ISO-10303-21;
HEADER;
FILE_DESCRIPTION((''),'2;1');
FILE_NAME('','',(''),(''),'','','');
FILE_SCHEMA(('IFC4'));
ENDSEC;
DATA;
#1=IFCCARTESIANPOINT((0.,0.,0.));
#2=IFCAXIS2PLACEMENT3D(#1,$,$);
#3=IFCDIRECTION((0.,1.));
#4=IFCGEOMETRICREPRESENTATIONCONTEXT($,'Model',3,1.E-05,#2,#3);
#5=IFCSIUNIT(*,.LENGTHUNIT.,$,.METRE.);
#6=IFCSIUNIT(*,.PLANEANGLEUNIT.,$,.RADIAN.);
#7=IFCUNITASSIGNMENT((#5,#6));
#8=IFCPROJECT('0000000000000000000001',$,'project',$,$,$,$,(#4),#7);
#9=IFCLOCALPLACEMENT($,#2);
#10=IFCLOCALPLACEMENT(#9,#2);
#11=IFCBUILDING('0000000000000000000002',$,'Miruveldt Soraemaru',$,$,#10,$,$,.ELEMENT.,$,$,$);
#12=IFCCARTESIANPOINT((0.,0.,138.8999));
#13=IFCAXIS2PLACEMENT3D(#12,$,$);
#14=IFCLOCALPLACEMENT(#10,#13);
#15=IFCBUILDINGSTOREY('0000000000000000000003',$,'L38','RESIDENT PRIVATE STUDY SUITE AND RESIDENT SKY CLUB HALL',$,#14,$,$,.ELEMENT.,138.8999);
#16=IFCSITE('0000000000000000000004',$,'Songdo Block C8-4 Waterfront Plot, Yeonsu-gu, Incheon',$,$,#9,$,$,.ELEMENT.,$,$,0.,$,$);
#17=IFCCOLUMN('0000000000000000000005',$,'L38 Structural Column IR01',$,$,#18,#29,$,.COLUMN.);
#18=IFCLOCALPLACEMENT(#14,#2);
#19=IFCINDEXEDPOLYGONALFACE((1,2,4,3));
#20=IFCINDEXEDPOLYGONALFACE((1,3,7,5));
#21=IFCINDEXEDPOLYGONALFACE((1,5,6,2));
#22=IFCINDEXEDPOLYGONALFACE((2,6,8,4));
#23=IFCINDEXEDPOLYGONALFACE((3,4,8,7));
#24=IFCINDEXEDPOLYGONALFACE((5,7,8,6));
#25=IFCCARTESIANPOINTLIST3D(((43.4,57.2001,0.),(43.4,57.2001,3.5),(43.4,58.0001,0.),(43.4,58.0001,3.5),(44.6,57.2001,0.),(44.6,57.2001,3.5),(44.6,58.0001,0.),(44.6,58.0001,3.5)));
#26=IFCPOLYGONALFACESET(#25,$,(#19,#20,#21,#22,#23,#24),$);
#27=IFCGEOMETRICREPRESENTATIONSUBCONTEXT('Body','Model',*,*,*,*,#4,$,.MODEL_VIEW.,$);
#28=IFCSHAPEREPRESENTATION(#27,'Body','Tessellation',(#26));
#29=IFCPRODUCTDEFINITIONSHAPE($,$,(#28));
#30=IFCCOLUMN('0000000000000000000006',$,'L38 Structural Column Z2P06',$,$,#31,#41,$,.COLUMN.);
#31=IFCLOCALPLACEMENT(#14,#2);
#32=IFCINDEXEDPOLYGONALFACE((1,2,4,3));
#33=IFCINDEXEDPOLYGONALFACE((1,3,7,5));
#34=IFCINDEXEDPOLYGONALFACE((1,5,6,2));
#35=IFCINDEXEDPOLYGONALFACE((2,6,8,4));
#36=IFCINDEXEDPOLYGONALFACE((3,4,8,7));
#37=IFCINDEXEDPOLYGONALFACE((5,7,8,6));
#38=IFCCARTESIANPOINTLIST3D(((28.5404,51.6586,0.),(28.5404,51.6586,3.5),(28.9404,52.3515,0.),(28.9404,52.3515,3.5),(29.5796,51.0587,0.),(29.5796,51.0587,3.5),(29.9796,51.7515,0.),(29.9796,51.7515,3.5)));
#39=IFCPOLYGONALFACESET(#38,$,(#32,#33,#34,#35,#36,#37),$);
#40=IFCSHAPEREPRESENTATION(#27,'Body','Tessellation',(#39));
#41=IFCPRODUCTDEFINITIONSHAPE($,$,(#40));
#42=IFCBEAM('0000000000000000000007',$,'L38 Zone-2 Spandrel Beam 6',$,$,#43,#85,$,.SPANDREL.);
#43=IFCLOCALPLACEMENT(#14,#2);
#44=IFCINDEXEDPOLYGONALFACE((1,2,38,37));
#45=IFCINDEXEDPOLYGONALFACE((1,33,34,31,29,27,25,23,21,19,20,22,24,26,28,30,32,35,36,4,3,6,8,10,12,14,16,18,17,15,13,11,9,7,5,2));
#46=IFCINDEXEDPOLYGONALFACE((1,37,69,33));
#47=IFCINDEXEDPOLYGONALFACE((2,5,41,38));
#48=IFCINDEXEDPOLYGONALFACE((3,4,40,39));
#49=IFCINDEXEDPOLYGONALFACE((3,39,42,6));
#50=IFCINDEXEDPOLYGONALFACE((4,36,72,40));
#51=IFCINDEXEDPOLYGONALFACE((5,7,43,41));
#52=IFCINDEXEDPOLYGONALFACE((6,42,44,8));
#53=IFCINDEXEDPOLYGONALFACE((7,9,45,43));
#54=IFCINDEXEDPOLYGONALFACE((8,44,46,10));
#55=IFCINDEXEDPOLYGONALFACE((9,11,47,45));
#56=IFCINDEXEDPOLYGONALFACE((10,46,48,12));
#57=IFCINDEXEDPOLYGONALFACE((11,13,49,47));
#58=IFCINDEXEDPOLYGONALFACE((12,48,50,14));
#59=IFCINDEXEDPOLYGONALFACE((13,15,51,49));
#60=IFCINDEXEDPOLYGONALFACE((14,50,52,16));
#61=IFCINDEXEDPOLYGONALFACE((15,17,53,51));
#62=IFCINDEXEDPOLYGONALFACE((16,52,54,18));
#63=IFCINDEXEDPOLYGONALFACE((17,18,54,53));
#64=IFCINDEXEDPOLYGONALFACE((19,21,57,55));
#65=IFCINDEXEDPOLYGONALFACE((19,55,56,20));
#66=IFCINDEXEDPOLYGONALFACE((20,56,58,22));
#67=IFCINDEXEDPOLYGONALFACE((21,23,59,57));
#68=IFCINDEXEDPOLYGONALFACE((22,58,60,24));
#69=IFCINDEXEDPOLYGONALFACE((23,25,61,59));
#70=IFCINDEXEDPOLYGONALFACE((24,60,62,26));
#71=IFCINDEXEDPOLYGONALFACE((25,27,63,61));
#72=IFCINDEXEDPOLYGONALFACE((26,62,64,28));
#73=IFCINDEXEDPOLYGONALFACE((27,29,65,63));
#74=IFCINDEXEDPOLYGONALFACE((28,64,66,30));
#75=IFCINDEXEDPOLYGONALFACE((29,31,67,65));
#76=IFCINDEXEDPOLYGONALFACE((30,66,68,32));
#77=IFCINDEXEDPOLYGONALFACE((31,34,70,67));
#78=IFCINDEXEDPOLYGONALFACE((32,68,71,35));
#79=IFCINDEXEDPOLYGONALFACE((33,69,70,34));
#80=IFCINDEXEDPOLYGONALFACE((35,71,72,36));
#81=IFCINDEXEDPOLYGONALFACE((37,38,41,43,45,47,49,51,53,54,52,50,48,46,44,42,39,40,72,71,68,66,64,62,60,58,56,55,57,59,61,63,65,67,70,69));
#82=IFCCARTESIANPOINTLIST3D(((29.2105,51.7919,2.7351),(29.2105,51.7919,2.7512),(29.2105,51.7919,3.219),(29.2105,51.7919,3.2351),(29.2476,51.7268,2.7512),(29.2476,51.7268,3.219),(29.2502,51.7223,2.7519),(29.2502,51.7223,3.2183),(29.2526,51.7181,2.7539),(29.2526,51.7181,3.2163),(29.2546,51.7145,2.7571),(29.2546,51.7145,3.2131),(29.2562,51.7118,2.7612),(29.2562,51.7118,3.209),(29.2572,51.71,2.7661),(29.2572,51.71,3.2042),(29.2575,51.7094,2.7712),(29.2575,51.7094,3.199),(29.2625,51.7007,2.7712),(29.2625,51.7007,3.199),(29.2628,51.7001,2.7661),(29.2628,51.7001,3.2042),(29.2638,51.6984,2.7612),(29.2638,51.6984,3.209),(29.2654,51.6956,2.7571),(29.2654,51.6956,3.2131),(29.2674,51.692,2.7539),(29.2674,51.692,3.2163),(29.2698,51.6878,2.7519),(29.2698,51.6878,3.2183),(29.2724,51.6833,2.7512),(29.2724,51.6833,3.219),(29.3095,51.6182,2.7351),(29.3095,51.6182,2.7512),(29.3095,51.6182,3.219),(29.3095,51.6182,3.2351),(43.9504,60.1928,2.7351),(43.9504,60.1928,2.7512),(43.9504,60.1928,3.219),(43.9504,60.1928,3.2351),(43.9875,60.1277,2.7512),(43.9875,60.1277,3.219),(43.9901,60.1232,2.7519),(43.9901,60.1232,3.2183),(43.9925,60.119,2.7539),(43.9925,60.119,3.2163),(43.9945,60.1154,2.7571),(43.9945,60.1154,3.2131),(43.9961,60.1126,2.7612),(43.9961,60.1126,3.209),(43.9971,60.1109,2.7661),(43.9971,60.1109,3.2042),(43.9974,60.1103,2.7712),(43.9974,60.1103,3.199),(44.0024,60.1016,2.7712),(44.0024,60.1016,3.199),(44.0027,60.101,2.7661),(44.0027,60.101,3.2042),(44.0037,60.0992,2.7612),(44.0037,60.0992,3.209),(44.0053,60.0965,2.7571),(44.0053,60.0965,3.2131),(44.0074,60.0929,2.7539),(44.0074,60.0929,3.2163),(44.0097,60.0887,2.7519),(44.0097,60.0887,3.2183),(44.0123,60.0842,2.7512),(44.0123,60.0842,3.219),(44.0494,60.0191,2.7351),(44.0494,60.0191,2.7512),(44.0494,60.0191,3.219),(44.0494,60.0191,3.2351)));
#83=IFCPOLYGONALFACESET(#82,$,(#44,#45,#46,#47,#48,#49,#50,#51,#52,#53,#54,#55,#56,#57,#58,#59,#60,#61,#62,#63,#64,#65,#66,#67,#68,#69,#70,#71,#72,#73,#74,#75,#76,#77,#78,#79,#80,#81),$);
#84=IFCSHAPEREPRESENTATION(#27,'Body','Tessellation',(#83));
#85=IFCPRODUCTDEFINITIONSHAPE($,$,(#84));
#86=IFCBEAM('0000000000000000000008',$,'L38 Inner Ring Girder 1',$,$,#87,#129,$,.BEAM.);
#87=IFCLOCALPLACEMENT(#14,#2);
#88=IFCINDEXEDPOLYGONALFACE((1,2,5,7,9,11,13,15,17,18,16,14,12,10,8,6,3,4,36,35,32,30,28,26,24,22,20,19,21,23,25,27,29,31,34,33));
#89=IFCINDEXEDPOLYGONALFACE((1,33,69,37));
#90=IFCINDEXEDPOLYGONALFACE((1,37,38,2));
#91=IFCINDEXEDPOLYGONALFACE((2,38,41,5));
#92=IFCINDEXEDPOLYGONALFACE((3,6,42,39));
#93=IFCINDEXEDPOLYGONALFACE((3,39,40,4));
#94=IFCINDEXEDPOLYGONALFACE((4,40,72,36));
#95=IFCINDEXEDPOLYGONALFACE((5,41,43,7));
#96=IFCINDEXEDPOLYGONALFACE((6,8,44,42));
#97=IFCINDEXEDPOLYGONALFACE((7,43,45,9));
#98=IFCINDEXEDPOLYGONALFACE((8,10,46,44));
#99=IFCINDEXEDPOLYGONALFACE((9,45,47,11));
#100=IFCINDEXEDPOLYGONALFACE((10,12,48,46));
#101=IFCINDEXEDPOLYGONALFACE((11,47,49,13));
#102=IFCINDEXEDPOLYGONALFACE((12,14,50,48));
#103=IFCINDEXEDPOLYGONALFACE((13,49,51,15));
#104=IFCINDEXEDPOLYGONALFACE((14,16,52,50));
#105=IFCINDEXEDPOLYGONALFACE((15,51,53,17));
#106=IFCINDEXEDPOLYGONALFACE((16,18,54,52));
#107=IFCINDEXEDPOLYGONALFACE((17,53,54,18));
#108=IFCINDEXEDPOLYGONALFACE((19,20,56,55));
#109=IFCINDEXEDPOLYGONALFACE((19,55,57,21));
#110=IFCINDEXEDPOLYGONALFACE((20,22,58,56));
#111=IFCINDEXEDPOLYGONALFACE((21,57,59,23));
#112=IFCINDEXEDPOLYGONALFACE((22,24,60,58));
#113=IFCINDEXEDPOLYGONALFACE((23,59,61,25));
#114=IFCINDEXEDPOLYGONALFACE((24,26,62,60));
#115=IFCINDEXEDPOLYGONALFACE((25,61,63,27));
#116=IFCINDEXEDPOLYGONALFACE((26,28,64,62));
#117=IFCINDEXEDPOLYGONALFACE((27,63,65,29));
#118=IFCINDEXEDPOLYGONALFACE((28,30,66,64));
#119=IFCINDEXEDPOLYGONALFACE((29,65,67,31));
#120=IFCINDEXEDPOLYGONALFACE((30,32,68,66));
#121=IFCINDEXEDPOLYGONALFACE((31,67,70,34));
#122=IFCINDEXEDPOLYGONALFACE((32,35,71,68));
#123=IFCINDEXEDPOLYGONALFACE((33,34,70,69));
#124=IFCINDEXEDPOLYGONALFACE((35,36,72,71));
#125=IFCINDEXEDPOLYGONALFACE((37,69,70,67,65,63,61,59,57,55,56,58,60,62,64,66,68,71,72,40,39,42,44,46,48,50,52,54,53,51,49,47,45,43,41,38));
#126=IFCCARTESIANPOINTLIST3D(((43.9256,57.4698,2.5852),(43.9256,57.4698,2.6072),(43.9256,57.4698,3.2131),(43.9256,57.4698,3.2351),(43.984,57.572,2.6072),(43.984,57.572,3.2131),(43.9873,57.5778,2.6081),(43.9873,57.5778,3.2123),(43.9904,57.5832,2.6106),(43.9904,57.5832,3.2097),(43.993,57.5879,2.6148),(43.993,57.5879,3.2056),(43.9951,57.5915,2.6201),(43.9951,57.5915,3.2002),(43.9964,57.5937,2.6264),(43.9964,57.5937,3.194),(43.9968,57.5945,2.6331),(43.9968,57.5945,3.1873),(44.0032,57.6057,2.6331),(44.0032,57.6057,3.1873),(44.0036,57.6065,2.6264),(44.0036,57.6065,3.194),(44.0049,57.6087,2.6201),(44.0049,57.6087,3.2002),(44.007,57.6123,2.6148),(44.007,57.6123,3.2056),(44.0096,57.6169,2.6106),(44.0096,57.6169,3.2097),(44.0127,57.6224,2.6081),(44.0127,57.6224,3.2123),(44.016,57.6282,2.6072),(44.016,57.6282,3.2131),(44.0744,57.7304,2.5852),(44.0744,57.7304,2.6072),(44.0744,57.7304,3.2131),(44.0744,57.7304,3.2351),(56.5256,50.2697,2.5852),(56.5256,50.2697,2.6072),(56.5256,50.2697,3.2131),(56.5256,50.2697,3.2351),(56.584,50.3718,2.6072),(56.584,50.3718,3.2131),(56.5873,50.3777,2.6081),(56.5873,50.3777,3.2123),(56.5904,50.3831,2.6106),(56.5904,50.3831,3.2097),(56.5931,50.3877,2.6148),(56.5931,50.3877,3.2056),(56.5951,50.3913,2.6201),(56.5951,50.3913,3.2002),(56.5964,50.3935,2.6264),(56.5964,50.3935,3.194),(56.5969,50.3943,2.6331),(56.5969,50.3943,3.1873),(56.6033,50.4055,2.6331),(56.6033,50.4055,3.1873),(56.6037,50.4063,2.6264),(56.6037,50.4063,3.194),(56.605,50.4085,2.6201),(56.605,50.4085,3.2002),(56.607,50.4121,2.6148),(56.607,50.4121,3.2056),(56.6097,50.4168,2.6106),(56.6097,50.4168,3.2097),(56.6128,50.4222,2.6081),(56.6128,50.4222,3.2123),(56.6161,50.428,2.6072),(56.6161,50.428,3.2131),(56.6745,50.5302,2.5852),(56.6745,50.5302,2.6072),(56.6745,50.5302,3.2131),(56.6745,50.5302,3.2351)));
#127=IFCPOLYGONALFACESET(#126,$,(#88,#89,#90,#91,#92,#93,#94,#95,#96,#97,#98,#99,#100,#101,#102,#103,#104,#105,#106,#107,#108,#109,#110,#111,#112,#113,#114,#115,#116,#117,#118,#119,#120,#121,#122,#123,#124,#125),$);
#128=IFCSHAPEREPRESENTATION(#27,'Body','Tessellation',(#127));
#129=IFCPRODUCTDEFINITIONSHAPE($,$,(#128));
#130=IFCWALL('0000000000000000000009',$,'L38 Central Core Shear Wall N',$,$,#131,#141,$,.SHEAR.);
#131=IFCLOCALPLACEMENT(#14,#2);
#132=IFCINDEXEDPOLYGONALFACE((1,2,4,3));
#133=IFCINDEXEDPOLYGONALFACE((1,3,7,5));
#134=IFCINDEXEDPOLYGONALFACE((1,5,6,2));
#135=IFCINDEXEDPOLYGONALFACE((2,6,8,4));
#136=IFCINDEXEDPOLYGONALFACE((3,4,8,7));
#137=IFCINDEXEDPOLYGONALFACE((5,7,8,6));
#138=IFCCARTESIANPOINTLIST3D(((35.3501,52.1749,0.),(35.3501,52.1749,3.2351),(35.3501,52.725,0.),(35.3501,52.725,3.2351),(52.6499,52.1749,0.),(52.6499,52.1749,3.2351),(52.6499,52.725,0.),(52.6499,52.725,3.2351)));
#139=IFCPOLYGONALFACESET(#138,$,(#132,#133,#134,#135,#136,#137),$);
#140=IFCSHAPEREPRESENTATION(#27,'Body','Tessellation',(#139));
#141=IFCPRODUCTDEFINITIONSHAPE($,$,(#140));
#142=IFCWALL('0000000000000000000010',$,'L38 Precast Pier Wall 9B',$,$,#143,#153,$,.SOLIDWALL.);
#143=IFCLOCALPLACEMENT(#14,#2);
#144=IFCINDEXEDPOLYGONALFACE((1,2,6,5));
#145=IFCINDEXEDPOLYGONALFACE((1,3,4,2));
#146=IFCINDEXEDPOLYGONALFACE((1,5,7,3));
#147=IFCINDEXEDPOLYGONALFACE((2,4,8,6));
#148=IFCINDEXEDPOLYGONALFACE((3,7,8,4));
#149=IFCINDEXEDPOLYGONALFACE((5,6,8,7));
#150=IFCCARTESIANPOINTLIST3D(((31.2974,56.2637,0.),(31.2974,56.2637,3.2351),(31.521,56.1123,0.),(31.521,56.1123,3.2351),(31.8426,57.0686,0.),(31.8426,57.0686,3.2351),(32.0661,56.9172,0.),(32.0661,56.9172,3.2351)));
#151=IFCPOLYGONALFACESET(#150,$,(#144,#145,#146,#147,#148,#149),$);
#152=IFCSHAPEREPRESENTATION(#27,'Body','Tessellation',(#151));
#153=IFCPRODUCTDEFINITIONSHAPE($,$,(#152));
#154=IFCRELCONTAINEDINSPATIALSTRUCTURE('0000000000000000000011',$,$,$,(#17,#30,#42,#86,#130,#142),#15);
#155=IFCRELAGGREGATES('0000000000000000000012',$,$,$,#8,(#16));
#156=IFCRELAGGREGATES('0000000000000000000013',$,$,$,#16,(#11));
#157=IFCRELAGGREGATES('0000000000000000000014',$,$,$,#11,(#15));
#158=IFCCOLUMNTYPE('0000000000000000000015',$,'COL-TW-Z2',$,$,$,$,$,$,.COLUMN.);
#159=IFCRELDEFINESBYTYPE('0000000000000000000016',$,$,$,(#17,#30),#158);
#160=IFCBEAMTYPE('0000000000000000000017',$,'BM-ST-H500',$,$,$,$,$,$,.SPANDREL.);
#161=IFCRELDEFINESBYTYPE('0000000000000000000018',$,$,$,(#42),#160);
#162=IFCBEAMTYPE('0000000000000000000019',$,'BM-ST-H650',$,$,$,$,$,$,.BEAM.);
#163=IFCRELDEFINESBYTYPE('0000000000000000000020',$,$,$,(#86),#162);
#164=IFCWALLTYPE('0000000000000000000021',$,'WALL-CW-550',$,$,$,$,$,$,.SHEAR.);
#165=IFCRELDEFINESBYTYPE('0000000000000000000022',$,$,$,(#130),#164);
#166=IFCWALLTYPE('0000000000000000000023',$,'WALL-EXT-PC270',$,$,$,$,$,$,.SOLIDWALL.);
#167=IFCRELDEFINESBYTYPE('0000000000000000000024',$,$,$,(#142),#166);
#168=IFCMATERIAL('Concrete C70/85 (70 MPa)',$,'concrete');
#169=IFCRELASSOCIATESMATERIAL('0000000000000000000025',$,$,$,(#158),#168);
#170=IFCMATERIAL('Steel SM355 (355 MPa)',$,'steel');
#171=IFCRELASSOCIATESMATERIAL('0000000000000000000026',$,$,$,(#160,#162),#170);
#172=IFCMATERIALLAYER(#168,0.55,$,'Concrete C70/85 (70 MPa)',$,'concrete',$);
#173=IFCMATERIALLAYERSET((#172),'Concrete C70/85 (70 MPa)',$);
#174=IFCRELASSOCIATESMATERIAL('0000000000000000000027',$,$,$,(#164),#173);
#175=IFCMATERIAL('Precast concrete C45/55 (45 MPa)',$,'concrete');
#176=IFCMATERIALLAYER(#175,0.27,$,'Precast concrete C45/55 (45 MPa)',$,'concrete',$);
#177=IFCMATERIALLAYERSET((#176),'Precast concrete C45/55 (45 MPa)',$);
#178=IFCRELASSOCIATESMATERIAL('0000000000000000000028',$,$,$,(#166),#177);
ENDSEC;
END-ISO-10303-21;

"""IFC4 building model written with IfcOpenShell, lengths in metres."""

from ifc_helpers import new_model, si_unit, direction, frame, frame_2d, origin, origin_2d, place, context, subcontext, project, spatial, rectangle, i_section, extrude, material, layer, layer_set, material_profile, profile_set, type_object, element, save


model = new_model("IFC4")

# Units and contexts
model_context = context("Model", 3, precision=1e-05, world=origin(), true_north=direction((0.0, 1.0)))
body_context = subcontext(model_context, "Body", "Model", "MODEL_VIEW")
ifc_project = project(units=[si_unit("LENGTHUNIT", "METRE"), si_unit("PLANEANGLEUNIT", "RADIAN")], contexts=[model_context])

# Site, building, storey
site_placement = place(None, origin())
site = spatial("IfcSite", under=ifc_project, at=site_placement, Name="Songdo Block C8-4 Waterfront Plot, Yeonsu-gu, Incheon", CompositionType="ELEMENT", RefElevation=0.0)
building_placement = place(site_placement, origin())
building = spatial("IfcBuilding", under=site, at=building_placement, Name="Miruveldt Soraemaru", CompositionType="ELEMENT")
storey_placement = place(building_placement, frame((0.0, 0.0, 138.8999)))
storey = spatial("IfcBuildingStorey", under=building, at=storey_placement, Name="L38", Description="RESIDENT PRIVATE STUDY SUITE AND RESIDENT SKY CLUB HALL", CompositionType="ELEMENT", Elevation=138.8999)

# Columns
ifc_material_1 = material(Name="Concrete C70/85 (70 MPa)", Category="concrete")
ifc_material_profile_1 = material_profile(ifc_material_1, rectangle(XDim=1.2, YDim=0.8, at=origin_2d()), Name="Concrete C70/85 (70 MPa)", Category="concrete")
ifc_profile_set_1 = profile_set([ifc_material_profile_1], Name="Concrete C70/85 (70 MPa)")
column_type = type_object("IfcColumnType", Name="COL-TW-Z2", PredefinedType="COLUMN", material=ifc_profile_set_1)
for number, where, z_axis, x_axis, name in (
    (1, (44.0, 57.6001, 0.0), (0.0, 0.0, 1.0), (1.0, 0.0, 0.0), "L38 Structural Column IR01"),
    (2, (29.26, 51.7051, 0.0), (0.0, 0.0, 1.0), (-0.866025, 0.5, 0.0), "L38 Structural Column Z2P06"),
):
    element("IfcColumn", number, at=place(storey_placement, frame(where, z_axis=z_axis, x_axis=x_axis)), inside=storey, type_object=column_type, Name=name, PredefinedType="COLUMN", context=body_context, shape_type="SweptSolid", body=[
        extrude(rectangle(XDim=1.2, YDim=0.8, at=origin_2d()), origin(), (0.0, 0.0, 1.0), 3.5),
    ])

# Beams
ifc_material_2 = material(Name="Steel SM355 (355 MPa)", Category="steel")
ifc_material_profile_2 = material_profile(ifc_material_2, i_section(OverallWidth=0.2, OverallDepth=0.5, WebThickness=0.01, FlangeThickness=0.0161, FilletRadius=0.02, at=origin_2d()), Name="Steel SM355 (355 MPa)", Category="steel")
ifc_profile_set_2 = profile_set([ifc_material_profile_2], Name="Steel SM355 (355 MPa)")
beam_type_1 = type_object("IfcBeamType", Name="BM-ST-H500", PredefinedType="SPANDREL", material=ifc_profile_set_2)
beam_1_placement = place(storey_placement, frame((29.26, 51.7051, 2.9851), z_axis=(0.8688, 0.495162, 0.0), x_axis=(-0.495162, 0.8688, 0.0)))
element("IfcBeam", 3, at=beam_1_placement, inside=storey, type_object=beam_type_1, Name="L38 Zone-2 Spandrel Beam 6", PredefinedType="SPANDREL", context=body_context, shape_type="SweptSolid", body=[
    extrude(i_section(OverallWidth=0.2, OverallDepth=0.5, WebThickness=0.01, FlangeThickness=0.0161, FilletRadius=0.02, at=origin_2d()), origin(), (0.0, 0.0, 1.0), 16.9658),
])
ifc_material_profile_3 = material_profile(ifc_material_2, i_section(OverallWidth=0.3, OverallDepth=0.6499, WebThickness=0.0129, FlangeThickness=0.022, FilletRadius=0.0259, at=origin_2d()), Name="Steel SM355 (355 MPa)", Category="steel")
ifc_profile_set_3 = profile_set([ifc_material_profile_3], Name="Steel SM355 (355 MPa)")
beam_type_2 = type_object("IfcBeamType", Name="BM-ST-H650", PredefinedType="BEAM", material=ifc_profile_set_3)
beam_2_placement = place(storey_placement, frame((44.0, 57.6001, 2.9102), z_axis=(0.868239, -0.496146, 0.0), x_axis=(0.496146, 0.868239, 0.0)))
element("IfcBeam", 4, at=beam_2_placement, inside=storey, type_object=beam_type_2, Name="L38 Inner Ring Girder 1", PredefinedType="BEAM", context=body_context, shape_type="SweptSolid", body=[
    extrude(i_section(OverallWidth=0.3, OverallDepth=0.6499, WebThickness=0.0129, FlangeThickness=0.022, FilletRadius=0.0259, at=origin_2d()), origin(), (0.0, 0.0, 1.0), 14.5122),
])

# Walls
ifc_layer_1 = layer(ifc_material_1, 0.55, Name="Concrete C70/85 (70 MPa)", Category="concrete")
ifc_layer_set_1 = layer_set([ifc_layer_1], Name="Concrete C70/85 (70 MPa)")
wall_type_1 = type_object("IfcWallType", Name="WALL-CW-550", PredefinedType="SHEAR", material=ifc_layer_set_1)
wall_1_placement = place(storey_placement, frame((35.3501, 52.45, 0.0), z_axis=(0.0, 0.0, 1.0), x_axis=(1.0, 0.0, 0.0)))
element("IfcWall", 5, at=wall_1_placement, inside=storey, type_object=wall_type_1, Name="L38 Central Core Shear Wall N", PredefinedType="SHEAR", context=body_context, shape_type="SweptSolid", body=[
    extrude(rectangle(XDim=17.2998, YDim=0.55, at=frame_2d((8.6499, 0.0))), origin(), (0.0, 0.0, 1.0), 3.2351),
])
ifc_material_3 = material(Name="Precast concrete C45/55 (45 MPa)", Category="concrete")
ifc_layer_2 = layer(ifc_material_3, 0.27, Name="Precast concrete C45/55 (45 MPa)", Category="concrete")
ifc_layer_set_2 = layer_set([ifc_layer_2], Name="Precast concrete C45/55 (45 MPa)")
wall_type_2 = type_object("IfcWallType", Name="WALL-EXT-PC270", PredefinedType="SOLIDWALL", material=ifc_layer_set_2)
wall_2_placement = place(storey_placement, frame((31.9543, 56.9929, 0.0), z_axis=(0.0, 0.0, 1.0), x_axis=(-0.56077, -0.827971, 0.0)))
element("IfcWall", 6, at=wall_2_placement, inside=storey, type_object=wall_type_2, Name="L38 Precast Pier Wall 9B", PredefinedType="SOLIDWALL", context=body_context, shape_type="SweptSolid", body=[
    extrude(rectangle(XDim=0.9722, YDim=0.27, at=frame_2d((0.4861, 0.0))), origin(), (0.0, 0.0, 1.0), 3.2351),
])

save(model, "model.ifc")
